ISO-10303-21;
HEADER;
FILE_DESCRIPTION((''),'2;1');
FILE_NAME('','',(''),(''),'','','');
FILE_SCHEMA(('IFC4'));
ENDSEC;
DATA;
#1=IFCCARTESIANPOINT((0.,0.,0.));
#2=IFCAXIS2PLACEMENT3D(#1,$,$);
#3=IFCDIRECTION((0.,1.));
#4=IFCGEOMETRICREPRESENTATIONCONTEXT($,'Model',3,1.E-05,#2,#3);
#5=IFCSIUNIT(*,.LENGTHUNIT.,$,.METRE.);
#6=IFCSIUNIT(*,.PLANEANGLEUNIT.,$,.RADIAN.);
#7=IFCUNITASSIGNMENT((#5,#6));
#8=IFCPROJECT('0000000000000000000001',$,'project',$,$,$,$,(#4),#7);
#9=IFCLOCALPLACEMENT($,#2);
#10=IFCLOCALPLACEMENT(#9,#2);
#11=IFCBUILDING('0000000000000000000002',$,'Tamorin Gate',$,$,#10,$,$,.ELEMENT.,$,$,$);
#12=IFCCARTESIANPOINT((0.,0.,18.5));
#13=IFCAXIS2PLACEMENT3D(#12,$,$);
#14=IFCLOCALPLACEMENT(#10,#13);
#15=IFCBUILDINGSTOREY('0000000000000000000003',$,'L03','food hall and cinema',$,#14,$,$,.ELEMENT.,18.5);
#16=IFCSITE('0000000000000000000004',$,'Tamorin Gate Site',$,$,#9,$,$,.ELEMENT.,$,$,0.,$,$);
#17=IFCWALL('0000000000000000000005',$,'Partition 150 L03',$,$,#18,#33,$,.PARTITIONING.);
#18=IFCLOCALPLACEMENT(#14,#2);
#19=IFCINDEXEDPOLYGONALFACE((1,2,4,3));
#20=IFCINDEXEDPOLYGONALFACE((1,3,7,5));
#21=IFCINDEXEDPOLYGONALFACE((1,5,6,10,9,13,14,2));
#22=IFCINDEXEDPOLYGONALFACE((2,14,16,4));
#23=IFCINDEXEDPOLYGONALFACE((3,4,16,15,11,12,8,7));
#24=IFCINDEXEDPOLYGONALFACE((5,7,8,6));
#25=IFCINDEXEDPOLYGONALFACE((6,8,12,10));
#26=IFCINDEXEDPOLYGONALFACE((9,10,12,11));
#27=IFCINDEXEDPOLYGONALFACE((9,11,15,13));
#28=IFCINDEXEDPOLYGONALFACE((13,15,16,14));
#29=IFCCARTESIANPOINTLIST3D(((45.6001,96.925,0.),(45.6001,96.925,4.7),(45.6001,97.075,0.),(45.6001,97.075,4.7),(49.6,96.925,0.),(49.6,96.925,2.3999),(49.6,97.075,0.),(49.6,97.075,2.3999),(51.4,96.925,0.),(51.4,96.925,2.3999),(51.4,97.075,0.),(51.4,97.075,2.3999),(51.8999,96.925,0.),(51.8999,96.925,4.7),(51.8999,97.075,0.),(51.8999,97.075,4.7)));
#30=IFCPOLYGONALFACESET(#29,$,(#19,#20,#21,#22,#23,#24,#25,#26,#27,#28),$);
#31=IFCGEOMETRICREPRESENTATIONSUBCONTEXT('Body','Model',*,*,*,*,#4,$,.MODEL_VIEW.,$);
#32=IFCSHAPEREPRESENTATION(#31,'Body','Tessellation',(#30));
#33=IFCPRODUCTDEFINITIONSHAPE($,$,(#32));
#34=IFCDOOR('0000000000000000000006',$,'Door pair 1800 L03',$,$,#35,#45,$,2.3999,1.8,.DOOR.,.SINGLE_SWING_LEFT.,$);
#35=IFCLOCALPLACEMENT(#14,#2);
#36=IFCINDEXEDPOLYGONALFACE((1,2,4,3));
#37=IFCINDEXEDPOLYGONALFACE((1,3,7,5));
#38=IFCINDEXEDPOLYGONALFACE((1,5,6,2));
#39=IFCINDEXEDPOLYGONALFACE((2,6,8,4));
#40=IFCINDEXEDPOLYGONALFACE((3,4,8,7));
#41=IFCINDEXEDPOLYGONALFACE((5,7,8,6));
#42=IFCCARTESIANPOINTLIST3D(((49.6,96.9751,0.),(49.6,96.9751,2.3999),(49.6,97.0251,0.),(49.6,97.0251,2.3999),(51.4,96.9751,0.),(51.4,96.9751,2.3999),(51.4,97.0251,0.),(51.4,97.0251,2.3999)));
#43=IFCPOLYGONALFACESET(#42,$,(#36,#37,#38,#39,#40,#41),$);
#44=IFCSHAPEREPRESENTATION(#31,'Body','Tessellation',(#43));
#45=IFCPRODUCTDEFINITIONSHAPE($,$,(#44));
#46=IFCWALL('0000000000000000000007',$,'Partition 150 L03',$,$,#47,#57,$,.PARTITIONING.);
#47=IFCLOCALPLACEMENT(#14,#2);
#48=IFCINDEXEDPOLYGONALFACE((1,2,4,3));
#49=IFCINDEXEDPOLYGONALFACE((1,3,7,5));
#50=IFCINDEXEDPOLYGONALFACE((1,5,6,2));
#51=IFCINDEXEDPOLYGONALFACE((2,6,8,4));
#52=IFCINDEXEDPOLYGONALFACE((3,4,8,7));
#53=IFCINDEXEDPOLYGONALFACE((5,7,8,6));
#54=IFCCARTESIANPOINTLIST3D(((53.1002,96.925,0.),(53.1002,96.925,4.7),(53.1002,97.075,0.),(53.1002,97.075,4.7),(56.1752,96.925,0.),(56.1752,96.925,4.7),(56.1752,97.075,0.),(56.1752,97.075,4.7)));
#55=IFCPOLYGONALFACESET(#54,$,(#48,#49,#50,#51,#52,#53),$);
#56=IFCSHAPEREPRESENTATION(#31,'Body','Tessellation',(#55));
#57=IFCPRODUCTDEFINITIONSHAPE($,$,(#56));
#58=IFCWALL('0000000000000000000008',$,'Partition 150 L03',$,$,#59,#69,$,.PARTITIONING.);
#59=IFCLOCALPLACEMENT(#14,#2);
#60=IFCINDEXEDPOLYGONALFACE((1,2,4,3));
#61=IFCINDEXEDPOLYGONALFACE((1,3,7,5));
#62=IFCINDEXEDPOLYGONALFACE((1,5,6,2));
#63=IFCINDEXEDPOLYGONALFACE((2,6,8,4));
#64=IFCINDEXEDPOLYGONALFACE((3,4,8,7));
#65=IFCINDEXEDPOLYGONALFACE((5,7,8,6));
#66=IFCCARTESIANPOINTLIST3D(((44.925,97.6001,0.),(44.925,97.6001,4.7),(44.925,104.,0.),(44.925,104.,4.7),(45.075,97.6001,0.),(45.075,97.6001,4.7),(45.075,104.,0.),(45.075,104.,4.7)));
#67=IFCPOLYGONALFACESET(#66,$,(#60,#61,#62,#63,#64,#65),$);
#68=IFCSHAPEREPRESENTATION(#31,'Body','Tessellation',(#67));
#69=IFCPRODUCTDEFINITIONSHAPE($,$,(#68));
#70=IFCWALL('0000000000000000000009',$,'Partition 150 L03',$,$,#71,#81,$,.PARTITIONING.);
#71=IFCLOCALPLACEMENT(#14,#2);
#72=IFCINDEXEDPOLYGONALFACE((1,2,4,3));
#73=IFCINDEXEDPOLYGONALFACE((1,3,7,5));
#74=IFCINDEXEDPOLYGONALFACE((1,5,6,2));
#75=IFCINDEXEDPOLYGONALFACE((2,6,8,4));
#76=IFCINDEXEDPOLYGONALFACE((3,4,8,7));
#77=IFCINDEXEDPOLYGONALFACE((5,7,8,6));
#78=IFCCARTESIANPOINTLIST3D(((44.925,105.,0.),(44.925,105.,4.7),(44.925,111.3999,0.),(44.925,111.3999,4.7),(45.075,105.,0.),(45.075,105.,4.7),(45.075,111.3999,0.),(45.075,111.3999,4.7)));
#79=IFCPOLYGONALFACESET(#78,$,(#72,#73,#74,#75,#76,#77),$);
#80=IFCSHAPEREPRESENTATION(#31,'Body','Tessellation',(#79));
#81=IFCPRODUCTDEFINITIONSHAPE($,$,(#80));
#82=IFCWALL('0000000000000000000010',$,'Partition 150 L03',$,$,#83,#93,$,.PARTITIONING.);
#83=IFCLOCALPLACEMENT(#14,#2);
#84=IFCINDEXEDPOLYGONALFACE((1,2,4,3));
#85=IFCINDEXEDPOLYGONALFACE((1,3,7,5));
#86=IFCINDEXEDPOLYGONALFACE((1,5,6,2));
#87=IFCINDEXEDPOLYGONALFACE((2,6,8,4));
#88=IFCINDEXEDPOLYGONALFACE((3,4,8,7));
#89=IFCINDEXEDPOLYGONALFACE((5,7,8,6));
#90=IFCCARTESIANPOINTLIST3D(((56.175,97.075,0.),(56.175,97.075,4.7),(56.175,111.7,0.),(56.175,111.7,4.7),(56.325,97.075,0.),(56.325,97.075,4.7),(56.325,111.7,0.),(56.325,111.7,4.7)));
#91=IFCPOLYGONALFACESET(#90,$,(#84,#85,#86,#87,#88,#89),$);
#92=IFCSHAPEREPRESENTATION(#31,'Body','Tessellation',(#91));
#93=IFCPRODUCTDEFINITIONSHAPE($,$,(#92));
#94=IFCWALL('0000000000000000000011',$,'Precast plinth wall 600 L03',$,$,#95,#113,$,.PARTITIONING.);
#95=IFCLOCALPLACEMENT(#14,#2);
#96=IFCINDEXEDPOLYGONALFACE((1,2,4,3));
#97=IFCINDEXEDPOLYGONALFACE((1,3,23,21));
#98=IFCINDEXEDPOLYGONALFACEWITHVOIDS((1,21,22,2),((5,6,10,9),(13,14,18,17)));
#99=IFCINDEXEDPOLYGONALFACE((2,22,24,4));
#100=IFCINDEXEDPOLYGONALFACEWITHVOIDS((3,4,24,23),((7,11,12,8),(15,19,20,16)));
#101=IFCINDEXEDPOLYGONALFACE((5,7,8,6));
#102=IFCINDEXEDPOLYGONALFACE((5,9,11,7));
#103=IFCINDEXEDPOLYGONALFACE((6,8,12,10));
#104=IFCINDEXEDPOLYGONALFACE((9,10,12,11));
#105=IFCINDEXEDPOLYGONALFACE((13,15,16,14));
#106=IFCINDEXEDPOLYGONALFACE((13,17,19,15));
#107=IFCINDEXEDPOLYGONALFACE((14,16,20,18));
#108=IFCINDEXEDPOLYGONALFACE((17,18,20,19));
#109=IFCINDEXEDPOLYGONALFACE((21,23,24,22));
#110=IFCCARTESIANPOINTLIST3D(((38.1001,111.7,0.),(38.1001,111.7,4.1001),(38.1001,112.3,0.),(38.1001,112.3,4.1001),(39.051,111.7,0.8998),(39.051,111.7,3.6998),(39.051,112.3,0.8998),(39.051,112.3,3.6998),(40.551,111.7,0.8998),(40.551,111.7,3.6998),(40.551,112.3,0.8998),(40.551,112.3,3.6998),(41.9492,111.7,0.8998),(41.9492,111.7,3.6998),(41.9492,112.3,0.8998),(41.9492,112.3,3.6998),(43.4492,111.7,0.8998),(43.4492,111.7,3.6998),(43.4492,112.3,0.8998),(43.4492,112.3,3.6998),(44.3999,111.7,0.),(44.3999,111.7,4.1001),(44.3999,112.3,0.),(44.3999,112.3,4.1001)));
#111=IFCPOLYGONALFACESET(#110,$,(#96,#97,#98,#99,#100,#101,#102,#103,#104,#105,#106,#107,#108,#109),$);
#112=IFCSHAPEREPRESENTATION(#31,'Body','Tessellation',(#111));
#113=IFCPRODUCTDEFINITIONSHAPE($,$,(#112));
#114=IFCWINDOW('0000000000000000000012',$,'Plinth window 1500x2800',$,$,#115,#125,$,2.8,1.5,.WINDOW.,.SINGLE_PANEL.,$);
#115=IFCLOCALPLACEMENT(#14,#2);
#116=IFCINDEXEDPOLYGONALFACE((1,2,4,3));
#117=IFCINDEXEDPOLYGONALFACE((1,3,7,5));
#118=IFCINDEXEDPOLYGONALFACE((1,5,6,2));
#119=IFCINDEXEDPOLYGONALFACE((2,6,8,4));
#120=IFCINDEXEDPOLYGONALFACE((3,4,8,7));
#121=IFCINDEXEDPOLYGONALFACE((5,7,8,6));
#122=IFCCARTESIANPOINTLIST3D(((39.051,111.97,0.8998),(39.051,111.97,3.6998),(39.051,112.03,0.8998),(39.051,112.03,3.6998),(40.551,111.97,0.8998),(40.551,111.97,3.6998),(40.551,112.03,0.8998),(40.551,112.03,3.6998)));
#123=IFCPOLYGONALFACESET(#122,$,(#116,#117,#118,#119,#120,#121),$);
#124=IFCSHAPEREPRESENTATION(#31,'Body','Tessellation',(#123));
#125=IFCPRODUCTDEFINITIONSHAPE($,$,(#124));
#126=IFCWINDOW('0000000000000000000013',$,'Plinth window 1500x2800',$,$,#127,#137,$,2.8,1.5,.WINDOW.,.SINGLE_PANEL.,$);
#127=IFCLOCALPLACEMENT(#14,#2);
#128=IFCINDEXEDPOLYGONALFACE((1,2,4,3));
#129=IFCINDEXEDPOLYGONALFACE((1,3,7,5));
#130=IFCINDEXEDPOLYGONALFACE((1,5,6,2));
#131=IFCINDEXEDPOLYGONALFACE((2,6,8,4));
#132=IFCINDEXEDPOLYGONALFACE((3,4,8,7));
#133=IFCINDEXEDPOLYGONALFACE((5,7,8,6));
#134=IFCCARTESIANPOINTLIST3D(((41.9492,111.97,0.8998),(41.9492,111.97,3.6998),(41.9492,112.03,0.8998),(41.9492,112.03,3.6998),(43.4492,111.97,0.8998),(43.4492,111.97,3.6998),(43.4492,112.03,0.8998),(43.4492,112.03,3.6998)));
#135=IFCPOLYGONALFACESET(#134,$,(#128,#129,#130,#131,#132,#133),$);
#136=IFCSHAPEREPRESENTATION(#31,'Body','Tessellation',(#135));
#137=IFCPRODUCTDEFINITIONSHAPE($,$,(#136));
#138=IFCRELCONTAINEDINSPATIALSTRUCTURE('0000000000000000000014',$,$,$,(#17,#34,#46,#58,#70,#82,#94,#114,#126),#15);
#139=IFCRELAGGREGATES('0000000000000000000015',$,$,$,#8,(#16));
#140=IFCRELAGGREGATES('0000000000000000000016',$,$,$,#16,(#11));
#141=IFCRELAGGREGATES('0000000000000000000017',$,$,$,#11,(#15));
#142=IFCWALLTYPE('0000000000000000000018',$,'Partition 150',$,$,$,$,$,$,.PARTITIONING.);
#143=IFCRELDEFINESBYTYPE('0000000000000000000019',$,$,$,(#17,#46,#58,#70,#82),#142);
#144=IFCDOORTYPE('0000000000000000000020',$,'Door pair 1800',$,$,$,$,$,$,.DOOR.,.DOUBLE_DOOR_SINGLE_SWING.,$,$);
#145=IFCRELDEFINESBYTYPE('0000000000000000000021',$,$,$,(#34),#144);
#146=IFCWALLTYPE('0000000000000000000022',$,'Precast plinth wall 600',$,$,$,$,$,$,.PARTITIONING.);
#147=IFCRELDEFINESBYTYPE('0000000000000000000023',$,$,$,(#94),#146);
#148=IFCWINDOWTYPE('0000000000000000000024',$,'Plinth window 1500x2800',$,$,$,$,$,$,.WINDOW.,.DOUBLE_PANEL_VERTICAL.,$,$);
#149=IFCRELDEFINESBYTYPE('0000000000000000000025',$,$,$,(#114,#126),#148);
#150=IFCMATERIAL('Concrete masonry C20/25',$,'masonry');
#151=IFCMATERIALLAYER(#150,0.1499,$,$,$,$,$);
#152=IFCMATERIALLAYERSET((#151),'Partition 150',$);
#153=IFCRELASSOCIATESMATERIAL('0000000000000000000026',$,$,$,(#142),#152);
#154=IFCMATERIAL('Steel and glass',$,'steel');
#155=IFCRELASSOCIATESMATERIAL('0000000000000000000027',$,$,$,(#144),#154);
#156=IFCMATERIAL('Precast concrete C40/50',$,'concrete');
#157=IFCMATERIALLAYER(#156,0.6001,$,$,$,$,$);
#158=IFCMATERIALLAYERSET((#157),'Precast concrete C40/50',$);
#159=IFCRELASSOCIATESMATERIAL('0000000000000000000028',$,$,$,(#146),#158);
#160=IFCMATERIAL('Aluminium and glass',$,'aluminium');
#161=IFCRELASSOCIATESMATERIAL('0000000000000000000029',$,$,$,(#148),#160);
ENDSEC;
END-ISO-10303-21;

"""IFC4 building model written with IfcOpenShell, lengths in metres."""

from ifc_helpers import new_model, si_unit, direction, frame, frame_2d, origin, place, context, subcontext, project, spatial, rectangle, extrude, material, layer, layer_set, type_object, element, fill, save


model = new_model("IFC4")

# Units and contexts
model_context = context("Model", 3, precision=1e-05, world=origin(), true_north=direction((0.0, 1.0)))
body_context = subcontext(model_context, "Body", "Model", "MODEL_VIEW")
ifc_project = project(units=[si_unit("LENGTHUNIT", "METRE"), si_unit("PLANEANGLEUNIT", "RADIAN")], contexts=[model_context])

# Site, building, storey
site_placement = place(None, origin())
site = spatial("IfcSite", under=ifc_project, at=site_placement, Name="Tamorin Gate Site", CompositionType="ELEMENT", RefElevation=0.0)
building_placement = place(site_placement, origin())
building = spatial("IfcBuilding", under=site, at=building_placement, Name="Tamorin Gate", CompositionType="ELEMENT")
storey_placement = place(building_placement, frame((0.0, 0.0, 18.5)))
storey = spatial("IfcBuildingStorey", under=building, at=storey_placement, Name="L03", Description="food hall and cinema", CompositionType="ELEMENT", Elevation=18.5)

# Wall, opening, door
ifc_material_1 = material(Name="Concrete masonry C20/25", Category="masonry")
ifc_layer_1 = layer(ifc_material_1, 0.1499)
ifc_layer_set_1 = layer_set([ifc_layer_1], Name="Partition 150")
wall_type_1 = type_object("IfcWallType", Name="Partition 150", PredefinedType="PARTITIONING", material=ifc_layer_set_1)
ifc_material_2 = material(Name="Steel and glass", Category="steel")
door_type = type_object("IfcDoorType", Name="Door pair 1800", OperationType="DOUBLE_DOOR_SINGLE_SWING", PredefinedType="DOOR", material=ifc_material_2)
wall_1_placement = place(storey_placement, frame((51.8999, 97.0, 0.0), z_axis=(0.0, 0.0, 1.0), x_axis=(-1.0, 0.0, 0.0)))
wall_1 = element("IfcWall", 1, at=wall_1_placement, inside=storey, type_object=wall_type_1, Name="Partition 150 L03", PredefinedType="PARTITIONING", context=body_context, shape_type="SweptSolid", body=[
    extrude(rectangle(XDim=6.2998, YDim=0.1499, at=frame_2d((3.1499, 0.0))), origin(), (0.0, 0.0, 1.0), 4.7),
])
opening_1_placement = place(wall_1_placement, frame((0.5, 0.0, 0.0)))
opening_1 = element("IfcOpeningElement", 2, at=opening_1_placement, cuts=wall_1, PredefinedType="OPENING", context=body_context, shape_type="SweptSolid", body=[
    extrude(rectangle(XDim=1.8, YDim=2.3999, at=frame_2d((0.8999, 1.2))), frame((0.0, 0.085, 0.0), z_axis=(0.0, -1.0, 0.0), x_axis=(1.0, 0.0, 0.0)), (0.0, 0.0, 1.0), 0.1699),
])
door_1_placement = place(opening_1_placement, origin())
door_1 = element("IfcDoor", 3, at=door_1_placement, inside=storey, type_object=door_type, Name="Door pair 1800 L03", OperationType="SINGLE_SWING_LEFT", OverallHeight=2.3999, OverallWidth=1.8, PredefinedType="DOOR", context=body_context, shape_type="SweptSolid", body=[
    extrude(rectangle(XDim=1.8, YDim=2.3999, at=frame_2d((0.8999, 1.2))), frame((0.0, 0.0249, 0.0), z_axis=(0.0, -1.0, 0.0), x_axis=(1.0, 0.0, 0.0)), (0.0, 0.0, 1.0), 0.05),
])
fill(opening_1, door_1)

# Walls
wall_2_placement = place(storey_placement, frame((53.1001, 97.0, 0.0), z_axis=(0.0, 0.0, 1.0), x_axis=(1.0, 0.0, 0.0)))
element("IfcWall", 4, at=wall_2_placement, inside=storey, type_object=wall_type_1, Name="Partition 150 L03", PredefinedType="PARTITIONING", context=body_context, shape_type="SweptSolid", body=[
    extrude(rectangle(XDim=3.075, YDim=0.1499, at=frame_2d((1.5376, 0.0))), origin(), (0.0, 0.0, 1.0), 4.7),
])
for number, where, z_axis, x_axis, name in (
    (5, (45.0, 97.6001, 0.0), (0.0, 0.0, 1.0), (0.0, 1.0, 0.0), "Partition 150 L03"),
    (6, (45.0, 105.0, 0.0), (0.0, 0.0, 1.0), (0.0, 1.0, 0.0), "Partition 150 L03"),
):
    element("IfcWall", number, at=place(storey_placement, frame(where, z_axis=z_axis, x_axis=x_axis)), inside=storey, type_object=wall_type_1, Name=name, PredefinedType="PARTITIONING", context=body_context, shape_type="SweptSolid", body=[
        extrude(rectangle(XDim=6.3999, YDim=0.1499, at=frame_2d((3.2, 0.0))), origin(), (0.0, 0.0, 1.0), 4.7),
    ])
wall_3_placement = place(storey_placement, frame((56.25, 97.075, 0.0), z_axis=(0.0, 0.0, 1.0), x_axis=(0.0, 1.0, 0.0)))
element("IfcWall", 7, at=wall_3_placement, inside=storey, type_object=wall_type_1, Name="Partition 150 L03", PredefinedType="PARTITIONING", context=body_context, shape_type="SweptSolid", body=[
    extrude(rectangle(XDim=14.625, YDim=0.1499, at=frame_2d((7.3125, 0.0))), origin(), (0.0, 0.0, 1.0), 4.7),
])

# Wall, openings, windows
ifc_material_3 = material(Name="Precast concrete C40/50", Category="concrete")
ifc_layer_2 = layer(ifc_material_3, 0.6001)
ifc_layer_set_2 = layer_set([ifc_layer_2], Name="Precast concrete C40/50")
wall_type_2 = type_object("IfcWallType", Name="Precast plinth wall 600", PredefinedType="PARTITIONING", material=ifc_layer_set_2)
wall_4_placement = place(storey_placement, frame((38.1001, 112.0, 0.0), z_axis=(0.0, 0.0, 1.0), x_axis=(1.0, 0.0, 0.0)))
wall_4 = element("IfcWall", 8, at=wall_4_placement, inside=storey, type_object=wall_type_2, Name="Precast plinth wall 600 L03", PredefinedType="PARTITIONING", context=body_context, shape_type="SweptSolid", body=[
    extrude(rectangle(XDim=6.2998, YDim=0.6001, at=frame_2d((3.1499, 0.0))), origin(), (0.0, 0.0, 1.0), 4.1001),
])
opening_2_placement = place(wall_4_placement, frame((0.9509, 0.0, 0.8999)))
opening_2 = element("IfcOpeningElement", 9, at=opening_2_placement, cuts=wall_4, PredefinedType="OPENING", context=body_context, shape_type="SweptSolid", body=[
    extrude(rectangle(XDim=1.5, YDim=2.8, at=frame_2d((0.75, 1.3999))), frame((0.0, 0.3101, 0.0), z_axis=(0.0, -1.0, 0.0), x_axis=(1.0, 0.0, 0.0)), (0.0, 0.0, 1.0), 0.6201),
])
opening_3_placement = place(wall_4_placement, frame((3.8491, 0.0, 0.8999)))
opening_3 = element("IfcOpeningElement", 10, at=opening_3_placement, cuts=wall_4, PredefinedType="OPENING", context=body_context, shape_type="SweptSolid", body=[
    extrude(rectangle(XDim=1.5, YDim=2.8, at=frame_2d((0.75, 1.3999))), frame((0.0, 0.3101, 0.0), z_axis=(0.0, -1.0, 0.0), x_axis=(1.0, 0.0, 0.0)), (0.0, 0.0, 1.0), 0.6201),
])
ifc_material_4 = material(Name="Aluminium and glass", Category="aluminium")
window_type_1 = type_object("IfcWindowType", Name="Plinth window 1500x2800", PartitioningType="DOUBLE_PANEL_VERTICAL", PredefinedType="WINDOW", material=ifc_material_4)
window_1_placement = place(opening_2_placement, origin())
window_1 = element("IfcWindow", 11, at=window_1_placement, inside=storey, type_object=window_type_1, Name="Plinth window 1500x2800", OverallHeight=2.8, OverallWidth=1.5, PartitioningType="SINGLE_PANEL", PredefinedType="WINDOW", context=body_context, shape_type="SweptSolid", body=[
    extrude(rectangle(XDim=1.5, YDim=2.8, at=frame_2d((0.75, 1.3999))), frame((0.0, 0.03, 0.0), z_axis=(0.0, -1.0, 0.0), x_axis=(1.0, 0.0, 0.0)), (0.0, 0.0, 1.0), 0.0601),
])
fill(opening_2, window_1)
window_2_placement = place(opening_3_placement, origin())
window_2 = element("IfcWindow", 12, at=window_2_placement, inside=storey, type_object=window_type_1, Name="Plinth window 1500x2800", OverallHeight=2.8, OverallWidth=1.5, PartitioningType="SINGLE_PANEL", PredefinedType="WINDOW", context=body_context, shape_type="SweptSolid", body=[
    extrude(rectangle(XDim=1.5, YDim=2.8, at=frame_2d((0.75, 1.3999))), frame((0.0, 0.03, 0.0), z_axis=(0.0, -1.0, 0.0), x_axis=(1.0, 0.0, 0.0)), (0.0, 0.0, 1.0), 0.0601),
])
fill(opening_3, window_2)

save(model, "model.ifc")
